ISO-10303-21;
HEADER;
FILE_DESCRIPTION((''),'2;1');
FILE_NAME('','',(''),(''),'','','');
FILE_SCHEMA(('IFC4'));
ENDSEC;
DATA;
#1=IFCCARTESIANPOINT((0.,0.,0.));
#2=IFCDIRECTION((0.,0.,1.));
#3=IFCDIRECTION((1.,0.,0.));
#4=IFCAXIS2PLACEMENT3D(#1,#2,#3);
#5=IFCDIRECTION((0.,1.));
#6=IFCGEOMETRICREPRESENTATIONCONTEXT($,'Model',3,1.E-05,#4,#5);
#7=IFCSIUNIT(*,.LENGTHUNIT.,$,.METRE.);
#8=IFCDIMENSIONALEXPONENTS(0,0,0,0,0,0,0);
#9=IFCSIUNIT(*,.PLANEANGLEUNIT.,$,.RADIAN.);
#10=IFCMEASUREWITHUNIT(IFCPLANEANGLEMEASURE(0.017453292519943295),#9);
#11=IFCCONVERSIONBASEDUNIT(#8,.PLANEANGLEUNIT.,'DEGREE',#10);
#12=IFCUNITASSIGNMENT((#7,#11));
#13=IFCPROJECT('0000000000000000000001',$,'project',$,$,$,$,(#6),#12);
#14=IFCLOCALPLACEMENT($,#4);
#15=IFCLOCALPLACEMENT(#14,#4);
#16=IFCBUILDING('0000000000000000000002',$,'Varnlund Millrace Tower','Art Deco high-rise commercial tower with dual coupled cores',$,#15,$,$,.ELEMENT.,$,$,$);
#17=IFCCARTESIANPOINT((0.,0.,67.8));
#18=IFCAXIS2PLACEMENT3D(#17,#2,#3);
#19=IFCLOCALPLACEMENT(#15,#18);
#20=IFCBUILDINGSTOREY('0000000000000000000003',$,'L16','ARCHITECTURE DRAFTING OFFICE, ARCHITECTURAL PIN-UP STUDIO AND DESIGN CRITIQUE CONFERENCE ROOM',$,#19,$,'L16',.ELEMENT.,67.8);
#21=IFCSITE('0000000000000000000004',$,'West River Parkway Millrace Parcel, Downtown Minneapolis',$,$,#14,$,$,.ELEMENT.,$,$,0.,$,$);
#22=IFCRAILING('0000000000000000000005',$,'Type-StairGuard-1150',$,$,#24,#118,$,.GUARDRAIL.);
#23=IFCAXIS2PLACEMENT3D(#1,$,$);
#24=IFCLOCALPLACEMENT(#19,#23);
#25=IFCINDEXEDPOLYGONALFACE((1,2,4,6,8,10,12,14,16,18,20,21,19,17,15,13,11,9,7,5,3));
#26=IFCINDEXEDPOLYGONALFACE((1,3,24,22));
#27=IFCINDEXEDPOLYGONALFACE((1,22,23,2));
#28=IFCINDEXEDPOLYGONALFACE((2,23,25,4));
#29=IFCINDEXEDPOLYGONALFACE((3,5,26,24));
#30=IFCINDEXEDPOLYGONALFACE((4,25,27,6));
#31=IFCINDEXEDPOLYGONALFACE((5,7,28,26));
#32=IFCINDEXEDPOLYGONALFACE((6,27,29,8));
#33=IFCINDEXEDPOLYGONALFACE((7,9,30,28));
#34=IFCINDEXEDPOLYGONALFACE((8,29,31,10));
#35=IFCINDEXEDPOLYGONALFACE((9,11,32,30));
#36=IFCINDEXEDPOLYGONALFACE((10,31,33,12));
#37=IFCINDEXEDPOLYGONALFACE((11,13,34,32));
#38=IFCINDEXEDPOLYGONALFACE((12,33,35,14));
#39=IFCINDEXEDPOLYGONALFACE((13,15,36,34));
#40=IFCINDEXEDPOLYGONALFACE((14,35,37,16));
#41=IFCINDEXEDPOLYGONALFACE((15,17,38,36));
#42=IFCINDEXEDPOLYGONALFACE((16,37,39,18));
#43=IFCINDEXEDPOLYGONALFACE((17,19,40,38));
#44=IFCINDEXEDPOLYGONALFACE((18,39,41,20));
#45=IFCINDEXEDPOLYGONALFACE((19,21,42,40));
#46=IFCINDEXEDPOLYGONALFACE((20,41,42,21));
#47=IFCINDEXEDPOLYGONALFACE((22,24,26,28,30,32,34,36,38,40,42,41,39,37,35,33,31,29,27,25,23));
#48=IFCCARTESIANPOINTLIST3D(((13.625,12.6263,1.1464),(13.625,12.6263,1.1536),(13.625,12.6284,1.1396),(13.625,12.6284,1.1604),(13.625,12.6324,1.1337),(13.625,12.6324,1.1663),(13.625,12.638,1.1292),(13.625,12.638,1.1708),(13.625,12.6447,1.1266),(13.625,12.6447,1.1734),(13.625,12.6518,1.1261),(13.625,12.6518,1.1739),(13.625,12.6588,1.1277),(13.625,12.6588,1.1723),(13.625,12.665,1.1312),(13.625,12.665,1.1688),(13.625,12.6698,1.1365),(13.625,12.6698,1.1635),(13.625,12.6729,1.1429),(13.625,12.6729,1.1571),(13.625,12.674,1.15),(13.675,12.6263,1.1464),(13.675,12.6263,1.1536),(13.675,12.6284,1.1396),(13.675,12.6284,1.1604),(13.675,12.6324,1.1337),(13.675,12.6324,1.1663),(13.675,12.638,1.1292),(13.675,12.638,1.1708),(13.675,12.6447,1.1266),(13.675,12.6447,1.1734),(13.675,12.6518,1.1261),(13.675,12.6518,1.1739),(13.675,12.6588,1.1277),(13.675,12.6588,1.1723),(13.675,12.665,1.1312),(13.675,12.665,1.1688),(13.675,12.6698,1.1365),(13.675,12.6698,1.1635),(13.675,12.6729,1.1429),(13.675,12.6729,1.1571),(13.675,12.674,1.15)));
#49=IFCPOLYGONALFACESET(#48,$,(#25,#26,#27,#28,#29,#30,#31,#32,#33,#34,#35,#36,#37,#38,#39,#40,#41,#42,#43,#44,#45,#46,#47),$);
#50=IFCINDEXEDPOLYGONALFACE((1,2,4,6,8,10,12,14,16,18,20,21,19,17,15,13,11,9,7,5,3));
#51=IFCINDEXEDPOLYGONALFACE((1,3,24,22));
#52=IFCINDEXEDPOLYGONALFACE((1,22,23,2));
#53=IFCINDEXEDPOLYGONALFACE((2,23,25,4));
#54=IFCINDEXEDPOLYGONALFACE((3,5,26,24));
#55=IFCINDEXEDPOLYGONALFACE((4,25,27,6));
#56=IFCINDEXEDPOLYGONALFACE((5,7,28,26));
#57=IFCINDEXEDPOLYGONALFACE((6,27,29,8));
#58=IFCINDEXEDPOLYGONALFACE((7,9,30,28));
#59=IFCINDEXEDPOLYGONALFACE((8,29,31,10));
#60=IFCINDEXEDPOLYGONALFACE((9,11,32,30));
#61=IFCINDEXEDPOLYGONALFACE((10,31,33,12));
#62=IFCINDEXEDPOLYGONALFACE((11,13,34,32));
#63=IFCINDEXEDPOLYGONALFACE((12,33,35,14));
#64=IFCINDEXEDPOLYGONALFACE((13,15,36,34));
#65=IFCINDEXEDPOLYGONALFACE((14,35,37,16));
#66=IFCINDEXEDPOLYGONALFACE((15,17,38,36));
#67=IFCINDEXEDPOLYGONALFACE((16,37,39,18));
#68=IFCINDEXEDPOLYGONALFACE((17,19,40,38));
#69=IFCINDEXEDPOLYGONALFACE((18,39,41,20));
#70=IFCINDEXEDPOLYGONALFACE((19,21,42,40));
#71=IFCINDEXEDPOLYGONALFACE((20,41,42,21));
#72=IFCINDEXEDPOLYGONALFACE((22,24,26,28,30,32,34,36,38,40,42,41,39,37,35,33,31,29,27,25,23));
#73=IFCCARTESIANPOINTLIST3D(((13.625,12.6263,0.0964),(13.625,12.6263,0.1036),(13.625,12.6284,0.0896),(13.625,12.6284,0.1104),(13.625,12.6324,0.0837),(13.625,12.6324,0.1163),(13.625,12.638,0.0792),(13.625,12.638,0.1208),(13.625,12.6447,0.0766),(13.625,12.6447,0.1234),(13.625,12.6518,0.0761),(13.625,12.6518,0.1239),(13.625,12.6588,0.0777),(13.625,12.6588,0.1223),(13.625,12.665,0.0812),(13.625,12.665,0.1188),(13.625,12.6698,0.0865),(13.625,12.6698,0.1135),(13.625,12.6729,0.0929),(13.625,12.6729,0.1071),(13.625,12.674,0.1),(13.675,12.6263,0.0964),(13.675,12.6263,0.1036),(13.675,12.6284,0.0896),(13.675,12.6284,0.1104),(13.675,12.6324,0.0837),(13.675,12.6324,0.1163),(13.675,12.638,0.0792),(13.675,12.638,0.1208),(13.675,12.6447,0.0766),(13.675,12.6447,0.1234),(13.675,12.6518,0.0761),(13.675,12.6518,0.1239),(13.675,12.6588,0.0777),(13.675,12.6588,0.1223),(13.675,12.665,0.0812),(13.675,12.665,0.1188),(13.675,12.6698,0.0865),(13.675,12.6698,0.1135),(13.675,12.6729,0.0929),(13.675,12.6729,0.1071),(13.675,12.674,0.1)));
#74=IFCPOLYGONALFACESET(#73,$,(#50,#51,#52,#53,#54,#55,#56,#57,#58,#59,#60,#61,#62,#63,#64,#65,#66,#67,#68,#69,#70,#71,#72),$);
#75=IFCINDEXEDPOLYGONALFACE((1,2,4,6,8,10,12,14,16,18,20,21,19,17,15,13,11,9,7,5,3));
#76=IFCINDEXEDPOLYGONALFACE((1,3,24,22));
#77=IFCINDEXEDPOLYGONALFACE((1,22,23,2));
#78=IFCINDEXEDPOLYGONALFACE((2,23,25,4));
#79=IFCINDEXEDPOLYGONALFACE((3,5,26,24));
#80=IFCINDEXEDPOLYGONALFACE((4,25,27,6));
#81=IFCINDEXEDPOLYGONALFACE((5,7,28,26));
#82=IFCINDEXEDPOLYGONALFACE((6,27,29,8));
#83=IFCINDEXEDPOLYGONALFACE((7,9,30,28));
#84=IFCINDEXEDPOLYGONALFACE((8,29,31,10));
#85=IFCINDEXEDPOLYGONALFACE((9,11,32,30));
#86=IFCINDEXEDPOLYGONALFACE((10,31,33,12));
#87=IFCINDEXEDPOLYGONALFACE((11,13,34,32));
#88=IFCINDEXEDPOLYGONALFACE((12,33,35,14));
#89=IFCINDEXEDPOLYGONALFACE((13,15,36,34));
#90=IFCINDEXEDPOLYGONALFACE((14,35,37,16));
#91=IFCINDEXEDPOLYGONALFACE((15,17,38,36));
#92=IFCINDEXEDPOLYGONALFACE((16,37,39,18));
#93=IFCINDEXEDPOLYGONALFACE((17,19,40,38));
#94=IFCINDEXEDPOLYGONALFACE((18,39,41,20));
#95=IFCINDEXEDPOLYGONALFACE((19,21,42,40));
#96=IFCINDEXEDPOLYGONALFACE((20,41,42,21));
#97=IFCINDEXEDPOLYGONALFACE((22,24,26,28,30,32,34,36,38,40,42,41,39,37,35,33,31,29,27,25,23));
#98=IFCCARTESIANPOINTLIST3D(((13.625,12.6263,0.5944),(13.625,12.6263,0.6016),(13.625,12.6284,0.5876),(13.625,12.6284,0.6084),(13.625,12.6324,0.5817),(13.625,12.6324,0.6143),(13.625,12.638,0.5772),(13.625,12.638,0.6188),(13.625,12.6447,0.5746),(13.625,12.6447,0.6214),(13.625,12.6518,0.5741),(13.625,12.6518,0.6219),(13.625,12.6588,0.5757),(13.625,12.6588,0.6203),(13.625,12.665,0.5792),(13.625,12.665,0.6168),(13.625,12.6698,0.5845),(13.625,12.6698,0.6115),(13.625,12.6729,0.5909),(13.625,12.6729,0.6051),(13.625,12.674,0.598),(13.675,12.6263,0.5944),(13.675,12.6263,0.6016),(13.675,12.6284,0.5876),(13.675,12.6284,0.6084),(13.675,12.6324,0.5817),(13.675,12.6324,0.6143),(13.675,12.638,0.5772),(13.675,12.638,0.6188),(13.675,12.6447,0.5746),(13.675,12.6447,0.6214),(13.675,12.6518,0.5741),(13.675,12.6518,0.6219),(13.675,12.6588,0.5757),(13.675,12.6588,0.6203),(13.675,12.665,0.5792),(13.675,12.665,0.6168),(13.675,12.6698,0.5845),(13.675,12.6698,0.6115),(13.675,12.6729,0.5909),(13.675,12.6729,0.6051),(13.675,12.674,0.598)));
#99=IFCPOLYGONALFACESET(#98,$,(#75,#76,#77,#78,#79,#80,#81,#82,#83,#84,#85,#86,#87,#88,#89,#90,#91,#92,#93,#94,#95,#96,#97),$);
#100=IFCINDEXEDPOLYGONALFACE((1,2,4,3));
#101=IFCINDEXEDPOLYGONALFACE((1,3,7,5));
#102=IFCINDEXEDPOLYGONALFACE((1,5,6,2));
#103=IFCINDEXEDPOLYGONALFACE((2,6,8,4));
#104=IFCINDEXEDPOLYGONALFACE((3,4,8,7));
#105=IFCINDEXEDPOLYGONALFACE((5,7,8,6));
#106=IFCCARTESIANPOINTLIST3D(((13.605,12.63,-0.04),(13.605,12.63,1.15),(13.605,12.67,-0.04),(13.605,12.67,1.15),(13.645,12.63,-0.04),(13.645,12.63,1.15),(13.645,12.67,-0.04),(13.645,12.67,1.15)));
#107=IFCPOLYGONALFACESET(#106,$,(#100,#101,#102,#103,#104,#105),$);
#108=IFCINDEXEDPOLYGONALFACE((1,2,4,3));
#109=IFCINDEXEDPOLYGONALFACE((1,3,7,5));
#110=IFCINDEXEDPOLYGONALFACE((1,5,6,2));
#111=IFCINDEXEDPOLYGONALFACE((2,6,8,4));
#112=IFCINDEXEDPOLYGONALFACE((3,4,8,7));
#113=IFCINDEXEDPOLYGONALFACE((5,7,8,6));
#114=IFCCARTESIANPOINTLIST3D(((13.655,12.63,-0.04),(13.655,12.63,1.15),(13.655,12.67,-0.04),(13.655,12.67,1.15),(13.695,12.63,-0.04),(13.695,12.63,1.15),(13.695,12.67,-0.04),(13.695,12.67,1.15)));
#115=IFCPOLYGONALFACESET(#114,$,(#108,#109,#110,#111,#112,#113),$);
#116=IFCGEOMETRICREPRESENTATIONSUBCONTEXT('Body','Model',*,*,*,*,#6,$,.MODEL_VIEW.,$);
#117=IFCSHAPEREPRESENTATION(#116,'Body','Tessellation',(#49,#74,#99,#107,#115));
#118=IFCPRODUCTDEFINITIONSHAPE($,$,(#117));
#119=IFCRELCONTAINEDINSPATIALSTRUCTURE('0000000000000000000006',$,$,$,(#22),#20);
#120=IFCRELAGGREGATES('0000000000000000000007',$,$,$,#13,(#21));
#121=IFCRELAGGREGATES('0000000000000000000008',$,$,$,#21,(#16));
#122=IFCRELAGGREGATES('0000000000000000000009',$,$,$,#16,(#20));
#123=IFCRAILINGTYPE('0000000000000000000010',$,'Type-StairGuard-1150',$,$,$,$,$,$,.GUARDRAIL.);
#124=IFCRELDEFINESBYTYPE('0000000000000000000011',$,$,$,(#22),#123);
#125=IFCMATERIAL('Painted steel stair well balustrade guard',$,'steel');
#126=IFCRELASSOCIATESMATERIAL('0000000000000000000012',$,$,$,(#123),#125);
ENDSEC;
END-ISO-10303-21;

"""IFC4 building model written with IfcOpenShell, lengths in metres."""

from ifc_helpers import new_model, entity, si_unit, converted_unit, direction, frame, origin_with_axes, origin_2d_with_axis, place, context, subcontext, project, spatial, rectangle, circle, extrude, material, type_object, element, save


model = new_model("IFC4")

# Units and contexts
model_context = context("Model", 3, precision=1e-05, world=origin_with_axes(), true_north=direction((0.0, 1.0)))
body_context = subcontext(model_context, "Body", "Model", "MODEL_VIEW")
ifc_project = project(units=[si_unit("LENGTHUNIT", "METRE"), converted_unit("PLANEANGLEUNIT", "DEGREE", entity("IfcPlaneAngleMeasure", 0.017453292519943295), si_unit("PLANEANGLEUNIT", "RADIAN"), dimensions=[0, 0, 0, 0, 0, 0, 0])], contexts=[model_context])

# Site, building, storey
site_placement = place(None, origin_with_axes())
site = spatial("IfcSite", under=ifc_project, at=site_placement, Name="West River Parkway Millrace Parcel, Downtown Minneapolis", CompositionType="ELEMENT", RefElevation=0.0)
building_placement = place(site_placement, origin_with_axes())
building = spatial("IfcBuilding", under=site, at=building_placement, Name="Varnlund Millrace Tower", Description="Art Deco high-rise commercial tower with dual coupled cores", CompositionType="ELEMENT")
storey_placement = place(building_placement, frame((0.0, 0.0, 67.8), z_axis=(0.0, 0.0, 1.0), x_axis=(1.0, 0.0, 0.0)))
storey = spatial("IfcBuildingStorey", under=building, at=storey_placement, Name="L16", Description="ARCHITECTURE DRAFTING OFFICE, ARCHITECTURAL PIN-UP STUDIO AND DESIGN CRITIQUE CONFERENCE ROOM", LongName="L16", CompositionType="ELEMENT", Elevation=67.8)

# Railing
ifc_material_1 = material(Name="Painted steel stair well balustrade guard", Category="steel")
railing_type_1 = type_object("IfcRailingType", Name="Type-StairGuard-1150", PredefinedType="GUARDRAIL", material=ifc_material_1)
railing_1_placement = place(storey_placement, frame((0.0, 0.0, -67.8), z_axis=(0.0, 0.0, 1.0), x_axis=(1.0, 0.0, 0.0)))
element("IfcRailing", 1, at=railing_1_placement, inside=storey, type_object=railing_type_1, Name="Type-StairGuard-1150", PredefinedType="GUARDRAIL", context=body_context, shape_type="SweptSolid", body=[
    extrude(circle(Radius=0.024, at=origin_2d_with_axis()), frame((13.625, 12.65, 68.95), z_axis=(1.0, 0.0, 0.0), x_axis=(0.0, 1.0, 0.0)), (0.0, 0.0, 1.0), 0.05),
    extrude(circle(Radius=0.024, at=origin_2d_with_axis()), frame((13.625, 12.65, 67.9), z_axis=(1.0, 0.0, 0.0), x_axis=(0.0, 1.0, 0.0)), (0.0, 0.0, 1.0), 0.05),
    extrude(circle(Radius=0.024, at=origin_2d_with_axis()), frame((13.625, 12.65, 68.398), z_axis=(1.0, 0.0, 0.0), x_axis=(0.0, 1.0, 0.0)), (0.0, 0.0, 1.0), 0.05),
    extrude(rectangle(XDim=0.04, YDim=0.04, at=origin_2d_with_axis()), frame((13.625, 12.65, 67.76), z_axis=(0.0, 0.0, 1.0), x_axis=(1.0, 0.0, 0.0)), (0.0, 0.0, 1.0), 1.19),
    extrude(rectangle(XDim=0.04, YDim=0.04, at=origin_2d_with_axis()), frame((13.675, 12.65, 67.76), z_axis=(0.0, 0.0, 1.0), x_axis=(1.0, 0.0, 0.0)), (0.0, 0.0, 1.0), 1.19),
])

save(model, "model.ifc")
